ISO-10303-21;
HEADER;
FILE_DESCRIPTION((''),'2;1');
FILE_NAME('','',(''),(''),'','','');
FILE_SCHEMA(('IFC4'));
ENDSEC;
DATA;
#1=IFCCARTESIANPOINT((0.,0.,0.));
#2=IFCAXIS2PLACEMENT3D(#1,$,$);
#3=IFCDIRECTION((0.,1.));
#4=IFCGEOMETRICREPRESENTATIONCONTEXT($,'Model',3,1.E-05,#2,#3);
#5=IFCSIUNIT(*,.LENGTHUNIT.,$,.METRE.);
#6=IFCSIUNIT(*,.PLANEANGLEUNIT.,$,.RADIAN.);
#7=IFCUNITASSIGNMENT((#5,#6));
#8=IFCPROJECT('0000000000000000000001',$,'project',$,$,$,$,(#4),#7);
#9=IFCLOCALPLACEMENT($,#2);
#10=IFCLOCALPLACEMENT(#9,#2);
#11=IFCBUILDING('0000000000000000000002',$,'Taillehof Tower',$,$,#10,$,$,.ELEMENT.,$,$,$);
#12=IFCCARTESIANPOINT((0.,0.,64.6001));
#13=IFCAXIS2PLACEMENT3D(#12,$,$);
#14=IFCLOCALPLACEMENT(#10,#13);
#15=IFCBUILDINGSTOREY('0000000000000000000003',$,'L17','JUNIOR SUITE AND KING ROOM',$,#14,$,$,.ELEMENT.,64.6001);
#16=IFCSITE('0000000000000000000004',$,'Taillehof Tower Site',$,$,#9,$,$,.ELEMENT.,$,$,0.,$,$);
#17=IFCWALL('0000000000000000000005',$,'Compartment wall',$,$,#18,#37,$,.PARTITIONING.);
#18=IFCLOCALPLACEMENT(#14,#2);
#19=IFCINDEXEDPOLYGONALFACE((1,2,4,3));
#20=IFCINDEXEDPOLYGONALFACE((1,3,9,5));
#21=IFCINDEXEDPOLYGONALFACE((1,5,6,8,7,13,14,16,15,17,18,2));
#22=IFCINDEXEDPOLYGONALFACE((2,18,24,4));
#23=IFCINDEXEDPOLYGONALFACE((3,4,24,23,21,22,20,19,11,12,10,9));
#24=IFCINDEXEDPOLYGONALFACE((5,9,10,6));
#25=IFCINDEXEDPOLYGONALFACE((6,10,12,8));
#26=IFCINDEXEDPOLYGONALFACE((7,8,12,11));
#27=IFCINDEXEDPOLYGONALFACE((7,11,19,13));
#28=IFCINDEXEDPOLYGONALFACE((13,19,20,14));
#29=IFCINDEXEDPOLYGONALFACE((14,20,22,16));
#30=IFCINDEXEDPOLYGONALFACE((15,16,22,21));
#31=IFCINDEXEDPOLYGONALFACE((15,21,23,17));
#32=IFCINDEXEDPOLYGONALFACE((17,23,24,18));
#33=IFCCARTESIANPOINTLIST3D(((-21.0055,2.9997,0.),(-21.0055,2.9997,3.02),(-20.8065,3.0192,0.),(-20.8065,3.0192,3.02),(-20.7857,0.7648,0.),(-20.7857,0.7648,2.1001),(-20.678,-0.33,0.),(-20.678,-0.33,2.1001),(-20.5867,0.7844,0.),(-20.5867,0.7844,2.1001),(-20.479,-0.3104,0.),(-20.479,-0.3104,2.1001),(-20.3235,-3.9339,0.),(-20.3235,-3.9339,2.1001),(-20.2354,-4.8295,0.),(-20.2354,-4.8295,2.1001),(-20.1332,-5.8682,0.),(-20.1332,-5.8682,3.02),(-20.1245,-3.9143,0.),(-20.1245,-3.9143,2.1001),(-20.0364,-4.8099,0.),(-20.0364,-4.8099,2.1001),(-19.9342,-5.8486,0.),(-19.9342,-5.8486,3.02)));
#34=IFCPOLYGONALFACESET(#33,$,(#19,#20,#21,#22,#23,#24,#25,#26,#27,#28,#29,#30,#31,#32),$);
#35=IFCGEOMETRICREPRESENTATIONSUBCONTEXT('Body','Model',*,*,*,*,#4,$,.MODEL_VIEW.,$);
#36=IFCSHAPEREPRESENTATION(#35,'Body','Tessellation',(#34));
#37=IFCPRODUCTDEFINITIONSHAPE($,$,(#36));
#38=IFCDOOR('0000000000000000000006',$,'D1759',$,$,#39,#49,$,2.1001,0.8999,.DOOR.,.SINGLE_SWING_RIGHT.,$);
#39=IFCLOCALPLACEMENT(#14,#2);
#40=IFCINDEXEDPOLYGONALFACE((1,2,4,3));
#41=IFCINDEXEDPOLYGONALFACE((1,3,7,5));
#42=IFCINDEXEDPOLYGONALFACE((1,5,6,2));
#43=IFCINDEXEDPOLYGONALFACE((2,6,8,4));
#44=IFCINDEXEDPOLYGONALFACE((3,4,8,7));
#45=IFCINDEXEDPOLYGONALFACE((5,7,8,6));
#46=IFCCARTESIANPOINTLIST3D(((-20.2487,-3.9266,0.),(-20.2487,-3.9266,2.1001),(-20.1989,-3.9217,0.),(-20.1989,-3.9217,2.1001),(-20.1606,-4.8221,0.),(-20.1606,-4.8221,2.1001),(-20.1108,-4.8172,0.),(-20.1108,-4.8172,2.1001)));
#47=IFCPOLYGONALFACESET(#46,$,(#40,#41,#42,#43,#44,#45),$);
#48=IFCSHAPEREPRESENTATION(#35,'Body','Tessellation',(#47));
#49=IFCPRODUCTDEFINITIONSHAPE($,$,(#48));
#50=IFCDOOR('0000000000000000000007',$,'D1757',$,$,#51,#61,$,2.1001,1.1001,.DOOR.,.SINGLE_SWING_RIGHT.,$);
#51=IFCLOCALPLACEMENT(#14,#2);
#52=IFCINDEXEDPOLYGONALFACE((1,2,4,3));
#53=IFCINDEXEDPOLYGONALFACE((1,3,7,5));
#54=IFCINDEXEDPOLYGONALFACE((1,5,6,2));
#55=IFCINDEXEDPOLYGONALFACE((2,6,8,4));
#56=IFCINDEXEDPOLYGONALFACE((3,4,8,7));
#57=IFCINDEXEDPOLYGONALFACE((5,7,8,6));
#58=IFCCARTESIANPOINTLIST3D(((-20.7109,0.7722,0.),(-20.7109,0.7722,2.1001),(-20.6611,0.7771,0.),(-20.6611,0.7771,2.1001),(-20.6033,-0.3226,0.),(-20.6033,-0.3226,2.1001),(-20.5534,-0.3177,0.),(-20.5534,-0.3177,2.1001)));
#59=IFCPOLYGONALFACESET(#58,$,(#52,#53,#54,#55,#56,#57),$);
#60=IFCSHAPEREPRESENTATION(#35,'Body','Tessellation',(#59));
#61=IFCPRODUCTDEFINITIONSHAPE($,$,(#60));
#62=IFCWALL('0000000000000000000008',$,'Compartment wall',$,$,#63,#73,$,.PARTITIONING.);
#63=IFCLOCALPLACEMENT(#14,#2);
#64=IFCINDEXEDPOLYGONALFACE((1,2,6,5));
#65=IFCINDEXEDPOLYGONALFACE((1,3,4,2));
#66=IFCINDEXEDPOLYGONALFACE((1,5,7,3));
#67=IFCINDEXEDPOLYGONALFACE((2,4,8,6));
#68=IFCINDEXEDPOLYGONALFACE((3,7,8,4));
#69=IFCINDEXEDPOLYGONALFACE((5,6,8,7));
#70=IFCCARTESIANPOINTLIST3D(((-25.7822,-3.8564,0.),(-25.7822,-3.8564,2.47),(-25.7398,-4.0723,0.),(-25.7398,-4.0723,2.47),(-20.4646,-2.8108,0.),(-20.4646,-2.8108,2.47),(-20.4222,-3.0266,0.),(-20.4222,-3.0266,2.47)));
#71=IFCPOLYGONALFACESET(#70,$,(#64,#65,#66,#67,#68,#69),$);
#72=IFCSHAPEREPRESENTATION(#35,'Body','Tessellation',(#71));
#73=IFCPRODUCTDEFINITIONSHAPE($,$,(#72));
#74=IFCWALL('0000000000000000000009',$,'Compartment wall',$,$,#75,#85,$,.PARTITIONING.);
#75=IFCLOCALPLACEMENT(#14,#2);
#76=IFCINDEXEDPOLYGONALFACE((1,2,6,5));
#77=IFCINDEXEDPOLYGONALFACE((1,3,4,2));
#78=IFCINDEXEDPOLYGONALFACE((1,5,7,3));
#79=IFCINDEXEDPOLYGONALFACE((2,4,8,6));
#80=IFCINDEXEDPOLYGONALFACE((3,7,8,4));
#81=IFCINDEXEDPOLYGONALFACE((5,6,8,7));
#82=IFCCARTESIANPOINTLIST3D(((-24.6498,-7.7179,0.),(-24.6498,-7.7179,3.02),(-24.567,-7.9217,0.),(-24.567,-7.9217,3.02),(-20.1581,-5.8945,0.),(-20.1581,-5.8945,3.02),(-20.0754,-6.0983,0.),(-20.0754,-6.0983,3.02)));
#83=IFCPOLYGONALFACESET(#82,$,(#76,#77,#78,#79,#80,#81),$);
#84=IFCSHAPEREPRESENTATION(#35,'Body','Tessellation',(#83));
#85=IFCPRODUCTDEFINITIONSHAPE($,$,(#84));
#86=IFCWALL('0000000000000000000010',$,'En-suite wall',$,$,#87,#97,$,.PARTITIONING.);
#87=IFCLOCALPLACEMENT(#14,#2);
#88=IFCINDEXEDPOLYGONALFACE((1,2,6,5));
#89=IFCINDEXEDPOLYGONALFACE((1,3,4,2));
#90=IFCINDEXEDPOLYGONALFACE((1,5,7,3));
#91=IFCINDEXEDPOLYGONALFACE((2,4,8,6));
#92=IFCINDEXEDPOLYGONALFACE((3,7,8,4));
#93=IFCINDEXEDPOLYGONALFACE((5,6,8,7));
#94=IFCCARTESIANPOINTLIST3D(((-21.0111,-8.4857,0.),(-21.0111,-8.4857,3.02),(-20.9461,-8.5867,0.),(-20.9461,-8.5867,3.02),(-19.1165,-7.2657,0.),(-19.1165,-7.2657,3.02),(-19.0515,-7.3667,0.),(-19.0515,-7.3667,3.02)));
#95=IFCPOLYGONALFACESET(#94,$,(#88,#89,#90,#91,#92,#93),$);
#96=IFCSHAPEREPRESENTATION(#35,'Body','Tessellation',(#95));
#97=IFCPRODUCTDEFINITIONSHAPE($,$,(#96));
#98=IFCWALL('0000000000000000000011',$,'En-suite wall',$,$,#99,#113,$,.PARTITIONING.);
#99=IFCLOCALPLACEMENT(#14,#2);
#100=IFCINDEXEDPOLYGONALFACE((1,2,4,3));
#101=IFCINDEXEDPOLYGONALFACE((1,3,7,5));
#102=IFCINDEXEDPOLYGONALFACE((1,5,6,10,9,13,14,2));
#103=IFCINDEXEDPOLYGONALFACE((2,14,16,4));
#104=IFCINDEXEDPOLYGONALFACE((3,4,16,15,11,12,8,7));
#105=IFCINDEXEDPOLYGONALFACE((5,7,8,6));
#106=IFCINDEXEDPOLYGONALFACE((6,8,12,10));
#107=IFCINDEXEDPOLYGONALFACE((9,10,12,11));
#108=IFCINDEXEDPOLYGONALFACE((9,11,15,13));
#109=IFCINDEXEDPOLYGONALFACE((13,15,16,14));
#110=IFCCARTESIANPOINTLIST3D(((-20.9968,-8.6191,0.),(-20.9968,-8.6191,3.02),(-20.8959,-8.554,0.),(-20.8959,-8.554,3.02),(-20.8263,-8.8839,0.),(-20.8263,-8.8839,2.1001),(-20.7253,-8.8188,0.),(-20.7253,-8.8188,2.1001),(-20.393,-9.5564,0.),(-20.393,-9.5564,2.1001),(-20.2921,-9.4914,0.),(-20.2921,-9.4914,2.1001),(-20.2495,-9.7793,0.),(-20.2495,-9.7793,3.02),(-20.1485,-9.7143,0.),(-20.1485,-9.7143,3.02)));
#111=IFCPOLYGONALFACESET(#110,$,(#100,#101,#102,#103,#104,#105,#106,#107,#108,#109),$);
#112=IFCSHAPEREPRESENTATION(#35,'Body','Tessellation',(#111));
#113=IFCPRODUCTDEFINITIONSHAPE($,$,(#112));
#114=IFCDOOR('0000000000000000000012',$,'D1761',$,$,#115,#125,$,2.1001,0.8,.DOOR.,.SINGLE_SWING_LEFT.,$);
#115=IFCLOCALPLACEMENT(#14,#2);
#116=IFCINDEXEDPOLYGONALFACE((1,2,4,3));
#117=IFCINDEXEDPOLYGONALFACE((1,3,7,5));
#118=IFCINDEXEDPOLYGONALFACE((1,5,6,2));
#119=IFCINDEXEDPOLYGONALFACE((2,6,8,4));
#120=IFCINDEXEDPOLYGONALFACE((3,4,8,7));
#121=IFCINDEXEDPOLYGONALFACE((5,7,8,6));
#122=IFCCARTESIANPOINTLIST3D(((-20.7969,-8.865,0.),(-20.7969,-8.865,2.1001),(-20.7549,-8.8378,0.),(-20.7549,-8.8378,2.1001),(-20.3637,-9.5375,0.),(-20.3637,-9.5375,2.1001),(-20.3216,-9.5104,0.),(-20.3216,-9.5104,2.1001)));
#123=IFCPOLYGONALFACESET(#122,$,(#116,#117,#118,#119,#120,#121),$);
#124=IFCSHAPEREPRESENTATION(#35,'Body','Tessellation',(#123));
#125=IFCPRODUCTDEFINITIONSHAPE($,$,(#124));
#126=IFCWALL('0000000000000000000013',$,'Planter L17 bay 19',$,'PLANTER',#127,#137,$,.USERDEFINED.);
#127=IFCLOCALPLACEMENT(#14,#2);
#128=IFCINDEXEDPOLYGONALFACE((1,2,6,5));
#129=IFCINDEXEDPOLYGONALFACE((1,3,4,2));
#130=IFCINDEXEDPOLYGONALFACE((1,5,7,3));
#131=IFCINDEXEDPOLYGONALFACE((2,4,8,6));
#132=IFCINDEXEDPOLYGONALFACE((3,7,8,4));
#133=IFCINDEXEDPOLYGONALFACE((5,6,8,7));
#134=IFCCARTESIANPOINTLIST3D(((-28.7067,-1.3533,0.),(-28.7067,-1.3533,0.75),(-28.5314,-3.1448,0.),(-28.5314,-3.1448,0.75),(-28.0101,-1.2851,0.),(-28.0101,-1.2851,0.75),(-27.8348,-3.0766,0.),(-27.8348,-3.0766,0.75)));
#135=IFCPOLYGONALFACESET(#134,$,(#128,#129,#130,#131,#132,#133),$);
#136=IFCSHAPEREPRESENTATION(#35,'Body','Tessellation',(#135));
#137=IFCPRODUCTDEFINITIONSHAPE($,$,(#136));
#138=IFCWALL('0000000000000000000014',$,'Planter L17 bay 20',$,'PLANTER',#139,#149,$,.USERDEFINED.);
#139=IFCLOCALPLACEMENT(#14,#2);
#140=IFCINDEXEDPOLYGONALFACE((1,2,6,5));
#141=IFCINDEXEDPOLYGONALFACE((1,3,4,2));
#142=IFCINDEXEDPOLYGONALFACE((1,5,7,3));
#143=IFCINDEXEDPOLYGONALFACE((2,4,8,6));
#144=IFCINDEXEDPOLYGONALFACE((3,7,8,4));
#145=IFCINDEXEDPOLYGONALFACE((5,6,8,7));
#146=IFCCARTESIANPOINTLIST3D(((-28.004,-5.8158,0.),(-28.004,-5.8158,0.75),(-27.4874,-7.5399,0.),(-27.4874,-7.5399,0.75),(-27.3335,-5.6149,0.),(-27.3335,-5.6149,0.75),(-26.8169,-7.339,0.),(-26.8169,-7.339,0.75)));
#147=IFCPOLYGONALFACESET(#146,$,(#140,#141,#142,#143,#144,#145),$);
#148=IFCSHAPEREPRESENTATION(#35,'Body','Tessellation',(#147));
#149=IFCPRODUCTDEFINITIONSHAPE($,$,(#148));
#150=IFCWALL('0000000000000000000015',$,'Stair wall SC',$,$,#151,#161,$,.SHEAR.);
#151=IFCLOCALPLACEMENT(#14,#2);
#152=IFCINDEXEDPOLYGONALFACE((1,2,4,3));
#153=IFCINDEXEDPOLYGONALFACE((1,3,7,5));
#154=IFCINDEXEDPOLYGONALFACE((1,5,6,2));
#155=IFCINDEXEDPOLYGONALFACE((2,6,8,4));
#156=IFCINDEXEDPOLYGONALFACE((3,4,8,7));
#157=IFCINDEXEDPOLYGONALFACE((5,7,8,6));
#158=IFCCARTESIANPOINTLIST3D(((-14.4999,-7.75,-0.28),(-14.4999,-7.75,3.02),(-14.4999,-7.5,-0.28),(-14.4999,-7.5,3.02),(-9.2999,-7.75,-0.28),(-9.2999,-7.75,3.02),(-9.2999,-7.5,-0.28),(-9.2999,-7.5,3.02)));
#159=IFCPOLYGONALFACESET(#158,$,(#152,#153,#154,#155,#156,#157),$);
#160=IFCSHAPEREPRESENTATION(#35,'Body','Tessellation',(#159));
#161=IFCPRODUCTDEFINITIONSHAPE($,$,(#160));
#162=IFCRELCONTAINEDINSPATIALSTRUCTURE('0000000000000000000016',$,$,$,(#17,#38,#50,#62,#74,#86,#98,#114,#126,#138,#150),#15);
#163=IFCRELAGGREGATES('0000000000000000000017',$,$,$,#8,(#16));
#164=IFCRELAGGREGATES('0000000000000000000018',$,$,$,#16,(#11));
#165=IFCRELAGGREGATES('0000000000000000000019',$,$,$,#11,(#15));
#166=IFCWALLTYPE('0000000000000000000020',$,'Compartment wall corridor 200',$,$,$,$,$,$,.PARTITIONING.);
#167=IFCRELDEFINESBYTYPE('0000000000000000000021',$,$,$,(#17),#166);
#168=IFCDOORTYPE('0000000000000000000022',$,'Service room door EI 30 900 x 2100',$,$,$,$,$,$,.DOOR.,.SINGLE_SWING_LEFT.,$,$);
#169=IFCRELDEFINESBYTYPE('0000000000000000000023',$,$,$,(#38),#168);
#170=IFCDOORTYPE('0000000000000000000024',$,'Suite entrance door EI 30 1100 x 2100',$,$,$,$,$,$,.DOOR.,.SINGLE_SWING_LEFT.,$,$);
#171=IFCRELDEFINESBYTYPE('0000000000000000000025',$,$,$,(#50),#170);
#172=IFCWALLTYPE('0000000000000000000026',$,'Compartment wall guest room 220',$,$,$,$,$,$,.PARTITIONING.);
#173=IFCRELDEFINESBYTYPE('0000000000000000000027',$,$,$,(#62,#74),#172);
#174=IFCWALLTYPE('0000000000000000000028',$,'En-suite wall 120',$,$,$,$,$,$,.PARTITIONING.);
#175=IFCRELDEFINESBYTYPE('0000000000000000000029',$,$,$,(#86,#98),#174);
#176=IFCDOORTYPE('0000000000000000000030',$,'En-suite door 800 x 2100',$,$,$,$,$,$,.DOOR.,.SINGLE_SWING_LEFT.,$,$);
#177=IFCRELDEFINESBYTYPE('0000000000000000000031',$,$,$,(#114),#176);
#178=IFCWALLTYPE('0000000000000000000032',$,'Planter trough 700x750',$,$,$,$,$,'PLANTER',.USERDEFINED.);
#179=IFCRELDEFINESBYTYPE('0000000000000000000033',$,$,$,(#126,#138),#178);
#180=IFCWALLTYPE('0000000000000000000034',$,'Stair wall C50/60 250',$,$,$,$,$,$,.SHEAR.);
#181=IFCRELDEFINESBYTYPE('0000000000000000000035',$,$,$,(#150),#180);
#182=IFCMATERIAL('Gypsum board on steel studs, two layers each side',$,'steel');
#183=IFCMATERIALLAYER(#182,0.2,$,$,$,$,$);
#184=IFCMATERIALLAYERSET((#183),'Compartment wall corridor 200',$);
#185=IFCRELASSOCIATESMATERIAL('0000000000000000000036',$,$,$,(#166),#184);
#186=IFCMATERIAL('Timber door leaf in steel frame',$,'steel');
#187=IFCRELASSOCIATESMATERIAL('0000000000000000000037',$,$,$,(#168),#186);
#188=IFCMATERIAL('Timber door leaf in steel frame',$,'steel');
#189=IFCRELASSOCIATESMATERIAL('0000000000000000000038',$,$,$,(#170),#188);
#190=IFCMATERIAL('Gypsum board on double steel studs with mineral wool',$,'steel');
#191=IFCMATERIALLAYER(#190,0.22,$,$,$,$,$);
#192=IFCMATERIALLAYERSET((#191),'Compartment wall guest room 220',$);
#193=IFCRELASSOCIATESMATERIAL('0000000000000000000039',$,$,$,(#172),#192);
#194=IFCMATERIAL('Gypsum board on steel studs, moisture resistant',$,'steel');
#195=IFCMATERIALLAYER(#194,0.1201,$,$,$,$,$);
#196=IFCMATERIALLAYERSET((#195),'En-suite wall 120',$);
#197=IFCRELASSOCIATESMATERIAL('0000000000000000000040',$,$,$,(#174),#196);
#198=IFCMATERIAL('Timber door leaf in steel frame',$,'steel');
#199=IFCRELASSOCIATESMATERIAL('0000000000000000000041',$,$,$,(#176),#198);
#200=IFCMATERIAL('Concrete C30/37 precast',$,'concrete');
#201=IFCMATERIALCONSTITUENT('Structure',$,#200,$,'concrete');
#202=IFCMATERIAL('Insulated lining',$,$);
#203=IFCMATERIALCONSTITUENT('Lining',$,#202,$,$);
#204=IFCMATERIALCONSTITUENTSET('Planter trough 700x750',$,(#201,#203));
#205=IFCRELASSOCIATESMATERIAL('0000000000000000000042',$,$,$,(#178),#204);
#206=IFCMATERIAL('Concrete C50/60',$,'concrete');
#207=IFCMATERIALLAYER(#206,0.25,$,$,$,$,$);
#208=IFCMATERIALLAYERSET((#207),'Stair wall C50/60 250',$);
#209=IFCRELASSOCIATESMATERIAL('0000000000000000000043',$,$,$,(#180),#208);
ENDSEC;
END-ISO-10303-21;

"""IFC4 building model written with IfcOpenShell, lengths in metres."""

from ifc_helpers import new_model, si_unit, direction, frame, frame_2d, origin, place, context, subcontext, project, spatial, rectangle, extrude, material, layer, layer_set, constituent, constituent_set, type_object, element, fill, save


model = new_model("IFC4")

# Units and contexts
model_context = context("Model", 3, precision=1e-05, world=origin(), true_north=direction((0.0, 1.0)))
body_context = subcontext(model_context, "Body", "Model", "MODEL_VIEW")
ifc_project = project(units=[si_unit("LENGTHUNIT", "METRE"), si_unit("PLANEANGLEUNIT", "RADIAN")], contexts=[model_context])

# Site, building, storey
site_placement = place(None, origin())
site = spatial("IfcSite", under=ifc_project, at=site_placement, Name="Taillehof Tower Site", CompositionType="ELEMENT", RefElevation=0.0)
building_placement = place(site_placement, origin())
building = spatial("IfcBuilding", under=site, at=building_placement, Name="Taillehof Tower", CompositionType="ELEMENT")
storey_placement = place(building_placement, frame((0.0, 0.0, 64.6001)))
storey = spatial("IfcBuildingStorey", under=building, at=storey_placement, Name="L17", Description="JUNIOR SUITE AND KING ROOM", CompositionType="ELEMENT", Elevation=64.6001)

# Wall, openings, doors
ifc_material_1 = material(Name="Gypsum board on steel studs, two layers each side", Category="steel")
ifc_layer_1 = layer(ifc_material_1, 0.2)
ifc_layer_set_1 = layer_set([ifc_layer_1], Name="Compartment wall corridor 200")
wall_type_1 = type_object("IfcWallType", Name="Compartment wall corridor 200", PredefinedType="PARTITIONING", material=ifc_layer_set_1)
wall_1_placement = place(storey_placement, frame((-20.0337, -5.8584, 0.0), z_axis=(0.0, 0.0, 1.0), x_axis=(-0.097895, 0.995197, 0.0)))
wall_1 = element("IfcWall", 1, at=wall_1_placement, inside=storey, type_object=wall_type_1, Name="Compartment wall", PredefinedType="PARTITIONING", context=body_context, shape_type="SweptSolid", body=[
    extrude(rectangle(XDim=8.9106, YDim=0.2, at=frame_2d((4.4553, 0.0))), origin(), (0.0, 0.0, 1.0), 3.02),
])
opening_1_placement = place(wall_1_placement, frame((5.5649, 0.0, 0.0)))
opening_1 = element("IfcOpeningElement", 2, at=opening_1_placement, cuts=wall_1, PredefinedType="OPENING", context=body_context, shape_type="SweptSolid", body=[
    extrude(rectangle(XDim=1.1001, YDim=2.1001, at=frame_2d((0.55, 1.05))), frame((0.0, 0.1099, 0.0), z_axis=(0.0, -1.0, 0.0), x_axis=(1.0, 0.0, 0.0)), (0.0, 0.0, 1.0), 0.22),
])
opening_2_placement = place(wall_1_placement, frame((1.0437, 0.0, 0.0)))
opening_2 = element("IfcOpeningElement", 3, at=opening_2_placement, cuts=wall_1, PredefinedType="OPENING", context=body_context, shape_type="SweptSolid", body=[
    extrude(rectangle(XDim=0.8999, YDim=2.1001, at=frame_2d((0.45, 1.05))), frame((0.0, 0.1099, 0.0), z_axis=(0.0, -1.0, 0.0), x_axis=(1.0, 0.0, 0.0)), (0.0, 0.0, 1.0), 0.22),
])
ifc_material_2 = material(Name="Timber door leaf in steel frame", Category="steel")
door_type_1 = type_object("IfcDoorType", Name="Service room door EI 30 900 x 2100", OperationType="SINGLE_SWING_LEFT", PredefinedType="DOOR", material=ifc_material_2)
door_1_placement = place(opening_2_placement, origin())
door_1 = element("IfcDoor", 4, at=door_1_placement, inside=storey, type_object=door_type_1, Name="D1759", OperationType="SINGLE_SWING_RIGHT", OverallHeight=2.1001, OverallWidth=0.8999, PredefinedType="DOOR", context=body_context, shape_type="SweptSolid", body=[
    extrude(rectangle(XDim=0.8999, YDim=2.1001, at=frame_2d((0.45, 1.05))), frame((0.0, 0.0249, 0.0), z_axis=(0.0, -1.0, 0.0), x_axis=(1.0, 0.0, 0.0)), (0.0, 0.0, 1.0), 0.05),
])
fill(opening_2, door_1)
ifc_material_3 = material(Name="Timber door leaf in steel frame", Category="steel")
door_type_2 = type_object("IfcDoorType", Name="Suite entrance door EI 30 1100 x 2100", OperationType="SINGLE_SWING_LEFT", PredefinedType="DOOR", material=ifc_material_3)
door_2_placement = place(opening_1_placement, origin())
door_2 = element("IfcDoor", 5, at=door_2_placement, inside=storey, type_object=door_type_2, Name="D1757", OperationType="SINGLE_SWING_RIGHT", OverallHeight=2.1001, OverallWidth=1.1001, PredefinedType="DOOR", context=body_context, shape_type="SweptSolid", body=[
    extrude(rectangle(XDim=1.1001, YDim=2.1001, at=frame_2d((0.55, 1.05))), frame((0.0, 0.0249, 0.0), z_axis=(0.0, -1.0, 0.0), x_axis=(1.0, 0.0, 0.0)), (0.0, 0.0, 1.0), 0.05),
])
fill(opening_1, door_2)

# Walls
ifc_material_4 = material(Name="Gypsum board on double steel studs with mineral wool", Category="steel")
ifc_layer_2 = layer(ifc_material_4, 0.22)
ifc_layer_set_2 = layer_set([ifc_layer_2], Name="Compartment wall guest room 220")
wall_type_2 = type_object("IfcWallType", Name="Compartment wall guest room 220", PredefinedType="PARTITIONING", material=ifc_layer_set_2)
wall_2_placement = place(storey_placement, frame((-25.761, -3.9644, 0.0), z_axis=(0.0, 0.0, 1.0), x_axis=(0.98121, 0.192944, 0.0)))
element("IfcWall", 6, at=wall_2_placement, inside=storey, type_object=wall_type_2, Name="Compartment wall", PredefinedType="PARTITIONING", context=body_context, shape_type="SweptSolid", body=[
    extrude(rectangle(XDim=5.4194, YDim=0.22, at=frame_2d((2.7097, 0.0))), origin(), (0.0, 0.0, 1.0), 2.47),
])
wall_3_placement = place(storey_placement, frame((-24.6084, -7.8198, 0.0), z_axis=(0.0, 0.0, 1.0), x_axis=(0.926558, 0.376153, 0.0)))
element("IfcWall", 7, at=wall_3_placement, inside=storey, type_object=wall_type_2, Name="Compartment wall", PredefinedType="PARTITIONING", context=body_context, shape_type="SweptSolid", body=[
    extrude(rectangle(XDim=4.8477, YDim=0.22, at=frame_2d((2.4238, 0.0))), origin(), (0.0, 0.0, 1.0), 3.02),
])
ifc_material_5 = material(Name="Gypsum board on steel studs, moisture resistant", Category="steel")
ifc_layer_3 = layer(ifc_material_5, 0.1201)
ifc_layer_set_3 = layer_set([ifc_layer_3], Name="En-suite wall 120")
wall_type_3 = type_object("IfcWallType", Name="En-suite wall 120", PredefinedType="PARTITIONING", material=ifc_layer_set_3)
wall_4_placement = place(storey_placement, frame((-19.084, -7.3162, 0.0), z_axis=(0.0, 0.0, 1.0), x_axis=(-0.840763, -0.541404, 0.0)))
element("IfcWall", 8, at=wall_4_placement, inside=storey, type_object=wall_type_3, Name="En-suite wall", PredefinedType="PARTITIONING", context=body_context, shape_type="SweptSolid", body=[
    extrude(rectangle(XDim=2.2534, YDim=0.1201, at=frame_2d((1.1267, 0.0))), origin(), (0.0, 0.0, 1.0), 3.02),
])

# Wall, opening, door
wall_5_placement = place(storey_placement, frame((-20.9463, -8.5867, 0.0), z_axis=(0.0, 0.0, 1.0), x_axis=(0.541526, -0.840684, 0.0)))
wall_5 = element("IfcWall", 9, at=wall_5_placement, inside=storey, type_object=wall_type_3, Name="En-suite wall", PredefinedType="PARTITIONING", context=body_context, shape_type="SweptSolid", body=[
    extrude(rectangle(XDim=1.3801, YDim=0.1201, at=frame_2d((0.6899, 0.0))), origin(), (0.0, 0.0, 1.0), 3.02),
])
opening_3_placement = place(wall_5_placement, frame((0.3149, 0.0, 0.0)))
opening_3 = element("IfcOpeningElement", 10, at=opening_3_placement, cuts=wall_5, PredefinedType="OPENING", context=body_context, shape_type="SweptSolid", body=[
    extrude(rectangle(XDim=0.8, YDim=2.1001, at=frame_2d((0.3999, 1.05))), frame((0.0, 0.0701, 0.0), z_axis=(0.0, -1.0, 0.0), x_axis=(1.0, 0.0, 0.0)), (0.0, 0.0, 1.0), 0.1401),
])
ifc_material_6 = material(Name="Timber door leaf in steel frame", Category="steel")
door_type_3 = type_object("IfcDoorType", Name="En-suite door 800 x 2100", OperationType="SINGLE_SWING_LEFT", PredefinedType="DOOR", material=ifc_material_6)
door_3_placement = place(opening_3_placement, origin())
door_3 = element("IfcDoor", 11, at=door_3_placement, inside=storey, type_object=door_type_3, Name="D1761", OperationType="SINGLE_SWING_LEFT", OverallHeight=2.1001, OverallWidth=0.8, PredefinedType="DOOR", context=body_context, shape_type="SweptSolid", body=[
    extrude(rectangle(XDim=0.8, YDim=2.1001, at=frame_2d((0.3999, 1.05))), frame((0.0, 0.0249, 0.0), z_axis=(0.0, -1.0, 0.0), x_axis=(1.0, 0.0, 0.0)), (0.0, 0.0, 1.0), 0.05),
])
fill(opening_3, door_3)

# Walls
ifc_material_7 = material(Name="Concrete C30/37 precast", Category="concrete")
ifc_constituent_1 = constituent(ifc_material_7, Name="Structure", Category="concrete")
ifc_material_8 = material(Name="Insulated lining")
ifc_constituent_2 = constituent(ifc_material_8, Name="Lining")
ifc_constituent_set = constituent_set(constituents=[ifc_constituent_1, ifc_constituent_2], Name="Planter trough 700x750")
wall_type_4 = type_object("IfcWallType", Name="Planter trough 700x750", ElementType="PLANTER", PredefinedType="USERDEFINED", material=ifc_constituent_set)
wall_6_placement = place(storey_placement, frame((-28.3584, -1.3193, 0.0), z_axis=(0.0, 0.0, 1.0), x_axis=(0.097382, -0.995247, 0.0)))
element("IfcWall", 12, at=wall_6_placement, inside=storey, type_object=wall_type_4, Name="Planter L17 bay 19", ObjectType="PLANTER", PredefinedType="USERDEFINED", context=body_context, shape_type="SweptSolid", body=[
    extrude(rectangle(XDim=1.8, YDim=0.7, at=frame_2d((0.8999, 0.0))), origin(), (0.0, 0.0, 1.0), 0.75),
])
wall_7_placement = place(storey_placement, frame((-27.6687, -5.7153, 0.0), z_axis=(0.0, 0.0, 1.0), x_axis=(0.287024, -0.957923, 0.0)))
element("IfcWall", 13, at=wall_7_placement, inside=storey, type_object=wall_type_4, Name="Planter L17 bay 20", ObjectType="PLANTER", PredefinedType="USERDEFINED", context=body_context, shape_type="SweptSolid", body=[
    extrude(rectangle(XDim=1.7998, YDim=0.7, at=frame_2d((0.8999, 0.0))), origin(), (0.0, 0.0, 1.0), 0.75),
])
ifc_material_9 = material(Name="Concrete C50/60", Category="concrete")
ifc_layer_4 = layer(ifc_material_9, 0.25)
ifc_layer_set_4 = layer_set([ifc_layer_4], Name="Stair wall C50/60 250")
wall_type_5 = type_object("IfcWallType", Name="Stair wall C50/60 250", PredefinedType="SHEAR", material=ifc_layer_set_4)
wall_8_placement = place(storey_placement, frame((-14.5, -7.625, -0.28), z_axis=(0.0, 0.0, 1.0), x_axis=(1.0, 0.0, 0.0)))
element("IfcWall", 14, at=wall_8_placement, inside=storey, type_object=wall_type_5, Name="Stair wall SC", PredefinedType="SHEAR", context=body_context, shape_type="SweptSolid", body=[
    extrude(rectangle(XDim=5.2, YDim=0.25, at=frame_2d((2.6001, 0.0))), origin(), (0.0, 0.0, 1.0), 3.3),
])

save(model, "model.ifc")
